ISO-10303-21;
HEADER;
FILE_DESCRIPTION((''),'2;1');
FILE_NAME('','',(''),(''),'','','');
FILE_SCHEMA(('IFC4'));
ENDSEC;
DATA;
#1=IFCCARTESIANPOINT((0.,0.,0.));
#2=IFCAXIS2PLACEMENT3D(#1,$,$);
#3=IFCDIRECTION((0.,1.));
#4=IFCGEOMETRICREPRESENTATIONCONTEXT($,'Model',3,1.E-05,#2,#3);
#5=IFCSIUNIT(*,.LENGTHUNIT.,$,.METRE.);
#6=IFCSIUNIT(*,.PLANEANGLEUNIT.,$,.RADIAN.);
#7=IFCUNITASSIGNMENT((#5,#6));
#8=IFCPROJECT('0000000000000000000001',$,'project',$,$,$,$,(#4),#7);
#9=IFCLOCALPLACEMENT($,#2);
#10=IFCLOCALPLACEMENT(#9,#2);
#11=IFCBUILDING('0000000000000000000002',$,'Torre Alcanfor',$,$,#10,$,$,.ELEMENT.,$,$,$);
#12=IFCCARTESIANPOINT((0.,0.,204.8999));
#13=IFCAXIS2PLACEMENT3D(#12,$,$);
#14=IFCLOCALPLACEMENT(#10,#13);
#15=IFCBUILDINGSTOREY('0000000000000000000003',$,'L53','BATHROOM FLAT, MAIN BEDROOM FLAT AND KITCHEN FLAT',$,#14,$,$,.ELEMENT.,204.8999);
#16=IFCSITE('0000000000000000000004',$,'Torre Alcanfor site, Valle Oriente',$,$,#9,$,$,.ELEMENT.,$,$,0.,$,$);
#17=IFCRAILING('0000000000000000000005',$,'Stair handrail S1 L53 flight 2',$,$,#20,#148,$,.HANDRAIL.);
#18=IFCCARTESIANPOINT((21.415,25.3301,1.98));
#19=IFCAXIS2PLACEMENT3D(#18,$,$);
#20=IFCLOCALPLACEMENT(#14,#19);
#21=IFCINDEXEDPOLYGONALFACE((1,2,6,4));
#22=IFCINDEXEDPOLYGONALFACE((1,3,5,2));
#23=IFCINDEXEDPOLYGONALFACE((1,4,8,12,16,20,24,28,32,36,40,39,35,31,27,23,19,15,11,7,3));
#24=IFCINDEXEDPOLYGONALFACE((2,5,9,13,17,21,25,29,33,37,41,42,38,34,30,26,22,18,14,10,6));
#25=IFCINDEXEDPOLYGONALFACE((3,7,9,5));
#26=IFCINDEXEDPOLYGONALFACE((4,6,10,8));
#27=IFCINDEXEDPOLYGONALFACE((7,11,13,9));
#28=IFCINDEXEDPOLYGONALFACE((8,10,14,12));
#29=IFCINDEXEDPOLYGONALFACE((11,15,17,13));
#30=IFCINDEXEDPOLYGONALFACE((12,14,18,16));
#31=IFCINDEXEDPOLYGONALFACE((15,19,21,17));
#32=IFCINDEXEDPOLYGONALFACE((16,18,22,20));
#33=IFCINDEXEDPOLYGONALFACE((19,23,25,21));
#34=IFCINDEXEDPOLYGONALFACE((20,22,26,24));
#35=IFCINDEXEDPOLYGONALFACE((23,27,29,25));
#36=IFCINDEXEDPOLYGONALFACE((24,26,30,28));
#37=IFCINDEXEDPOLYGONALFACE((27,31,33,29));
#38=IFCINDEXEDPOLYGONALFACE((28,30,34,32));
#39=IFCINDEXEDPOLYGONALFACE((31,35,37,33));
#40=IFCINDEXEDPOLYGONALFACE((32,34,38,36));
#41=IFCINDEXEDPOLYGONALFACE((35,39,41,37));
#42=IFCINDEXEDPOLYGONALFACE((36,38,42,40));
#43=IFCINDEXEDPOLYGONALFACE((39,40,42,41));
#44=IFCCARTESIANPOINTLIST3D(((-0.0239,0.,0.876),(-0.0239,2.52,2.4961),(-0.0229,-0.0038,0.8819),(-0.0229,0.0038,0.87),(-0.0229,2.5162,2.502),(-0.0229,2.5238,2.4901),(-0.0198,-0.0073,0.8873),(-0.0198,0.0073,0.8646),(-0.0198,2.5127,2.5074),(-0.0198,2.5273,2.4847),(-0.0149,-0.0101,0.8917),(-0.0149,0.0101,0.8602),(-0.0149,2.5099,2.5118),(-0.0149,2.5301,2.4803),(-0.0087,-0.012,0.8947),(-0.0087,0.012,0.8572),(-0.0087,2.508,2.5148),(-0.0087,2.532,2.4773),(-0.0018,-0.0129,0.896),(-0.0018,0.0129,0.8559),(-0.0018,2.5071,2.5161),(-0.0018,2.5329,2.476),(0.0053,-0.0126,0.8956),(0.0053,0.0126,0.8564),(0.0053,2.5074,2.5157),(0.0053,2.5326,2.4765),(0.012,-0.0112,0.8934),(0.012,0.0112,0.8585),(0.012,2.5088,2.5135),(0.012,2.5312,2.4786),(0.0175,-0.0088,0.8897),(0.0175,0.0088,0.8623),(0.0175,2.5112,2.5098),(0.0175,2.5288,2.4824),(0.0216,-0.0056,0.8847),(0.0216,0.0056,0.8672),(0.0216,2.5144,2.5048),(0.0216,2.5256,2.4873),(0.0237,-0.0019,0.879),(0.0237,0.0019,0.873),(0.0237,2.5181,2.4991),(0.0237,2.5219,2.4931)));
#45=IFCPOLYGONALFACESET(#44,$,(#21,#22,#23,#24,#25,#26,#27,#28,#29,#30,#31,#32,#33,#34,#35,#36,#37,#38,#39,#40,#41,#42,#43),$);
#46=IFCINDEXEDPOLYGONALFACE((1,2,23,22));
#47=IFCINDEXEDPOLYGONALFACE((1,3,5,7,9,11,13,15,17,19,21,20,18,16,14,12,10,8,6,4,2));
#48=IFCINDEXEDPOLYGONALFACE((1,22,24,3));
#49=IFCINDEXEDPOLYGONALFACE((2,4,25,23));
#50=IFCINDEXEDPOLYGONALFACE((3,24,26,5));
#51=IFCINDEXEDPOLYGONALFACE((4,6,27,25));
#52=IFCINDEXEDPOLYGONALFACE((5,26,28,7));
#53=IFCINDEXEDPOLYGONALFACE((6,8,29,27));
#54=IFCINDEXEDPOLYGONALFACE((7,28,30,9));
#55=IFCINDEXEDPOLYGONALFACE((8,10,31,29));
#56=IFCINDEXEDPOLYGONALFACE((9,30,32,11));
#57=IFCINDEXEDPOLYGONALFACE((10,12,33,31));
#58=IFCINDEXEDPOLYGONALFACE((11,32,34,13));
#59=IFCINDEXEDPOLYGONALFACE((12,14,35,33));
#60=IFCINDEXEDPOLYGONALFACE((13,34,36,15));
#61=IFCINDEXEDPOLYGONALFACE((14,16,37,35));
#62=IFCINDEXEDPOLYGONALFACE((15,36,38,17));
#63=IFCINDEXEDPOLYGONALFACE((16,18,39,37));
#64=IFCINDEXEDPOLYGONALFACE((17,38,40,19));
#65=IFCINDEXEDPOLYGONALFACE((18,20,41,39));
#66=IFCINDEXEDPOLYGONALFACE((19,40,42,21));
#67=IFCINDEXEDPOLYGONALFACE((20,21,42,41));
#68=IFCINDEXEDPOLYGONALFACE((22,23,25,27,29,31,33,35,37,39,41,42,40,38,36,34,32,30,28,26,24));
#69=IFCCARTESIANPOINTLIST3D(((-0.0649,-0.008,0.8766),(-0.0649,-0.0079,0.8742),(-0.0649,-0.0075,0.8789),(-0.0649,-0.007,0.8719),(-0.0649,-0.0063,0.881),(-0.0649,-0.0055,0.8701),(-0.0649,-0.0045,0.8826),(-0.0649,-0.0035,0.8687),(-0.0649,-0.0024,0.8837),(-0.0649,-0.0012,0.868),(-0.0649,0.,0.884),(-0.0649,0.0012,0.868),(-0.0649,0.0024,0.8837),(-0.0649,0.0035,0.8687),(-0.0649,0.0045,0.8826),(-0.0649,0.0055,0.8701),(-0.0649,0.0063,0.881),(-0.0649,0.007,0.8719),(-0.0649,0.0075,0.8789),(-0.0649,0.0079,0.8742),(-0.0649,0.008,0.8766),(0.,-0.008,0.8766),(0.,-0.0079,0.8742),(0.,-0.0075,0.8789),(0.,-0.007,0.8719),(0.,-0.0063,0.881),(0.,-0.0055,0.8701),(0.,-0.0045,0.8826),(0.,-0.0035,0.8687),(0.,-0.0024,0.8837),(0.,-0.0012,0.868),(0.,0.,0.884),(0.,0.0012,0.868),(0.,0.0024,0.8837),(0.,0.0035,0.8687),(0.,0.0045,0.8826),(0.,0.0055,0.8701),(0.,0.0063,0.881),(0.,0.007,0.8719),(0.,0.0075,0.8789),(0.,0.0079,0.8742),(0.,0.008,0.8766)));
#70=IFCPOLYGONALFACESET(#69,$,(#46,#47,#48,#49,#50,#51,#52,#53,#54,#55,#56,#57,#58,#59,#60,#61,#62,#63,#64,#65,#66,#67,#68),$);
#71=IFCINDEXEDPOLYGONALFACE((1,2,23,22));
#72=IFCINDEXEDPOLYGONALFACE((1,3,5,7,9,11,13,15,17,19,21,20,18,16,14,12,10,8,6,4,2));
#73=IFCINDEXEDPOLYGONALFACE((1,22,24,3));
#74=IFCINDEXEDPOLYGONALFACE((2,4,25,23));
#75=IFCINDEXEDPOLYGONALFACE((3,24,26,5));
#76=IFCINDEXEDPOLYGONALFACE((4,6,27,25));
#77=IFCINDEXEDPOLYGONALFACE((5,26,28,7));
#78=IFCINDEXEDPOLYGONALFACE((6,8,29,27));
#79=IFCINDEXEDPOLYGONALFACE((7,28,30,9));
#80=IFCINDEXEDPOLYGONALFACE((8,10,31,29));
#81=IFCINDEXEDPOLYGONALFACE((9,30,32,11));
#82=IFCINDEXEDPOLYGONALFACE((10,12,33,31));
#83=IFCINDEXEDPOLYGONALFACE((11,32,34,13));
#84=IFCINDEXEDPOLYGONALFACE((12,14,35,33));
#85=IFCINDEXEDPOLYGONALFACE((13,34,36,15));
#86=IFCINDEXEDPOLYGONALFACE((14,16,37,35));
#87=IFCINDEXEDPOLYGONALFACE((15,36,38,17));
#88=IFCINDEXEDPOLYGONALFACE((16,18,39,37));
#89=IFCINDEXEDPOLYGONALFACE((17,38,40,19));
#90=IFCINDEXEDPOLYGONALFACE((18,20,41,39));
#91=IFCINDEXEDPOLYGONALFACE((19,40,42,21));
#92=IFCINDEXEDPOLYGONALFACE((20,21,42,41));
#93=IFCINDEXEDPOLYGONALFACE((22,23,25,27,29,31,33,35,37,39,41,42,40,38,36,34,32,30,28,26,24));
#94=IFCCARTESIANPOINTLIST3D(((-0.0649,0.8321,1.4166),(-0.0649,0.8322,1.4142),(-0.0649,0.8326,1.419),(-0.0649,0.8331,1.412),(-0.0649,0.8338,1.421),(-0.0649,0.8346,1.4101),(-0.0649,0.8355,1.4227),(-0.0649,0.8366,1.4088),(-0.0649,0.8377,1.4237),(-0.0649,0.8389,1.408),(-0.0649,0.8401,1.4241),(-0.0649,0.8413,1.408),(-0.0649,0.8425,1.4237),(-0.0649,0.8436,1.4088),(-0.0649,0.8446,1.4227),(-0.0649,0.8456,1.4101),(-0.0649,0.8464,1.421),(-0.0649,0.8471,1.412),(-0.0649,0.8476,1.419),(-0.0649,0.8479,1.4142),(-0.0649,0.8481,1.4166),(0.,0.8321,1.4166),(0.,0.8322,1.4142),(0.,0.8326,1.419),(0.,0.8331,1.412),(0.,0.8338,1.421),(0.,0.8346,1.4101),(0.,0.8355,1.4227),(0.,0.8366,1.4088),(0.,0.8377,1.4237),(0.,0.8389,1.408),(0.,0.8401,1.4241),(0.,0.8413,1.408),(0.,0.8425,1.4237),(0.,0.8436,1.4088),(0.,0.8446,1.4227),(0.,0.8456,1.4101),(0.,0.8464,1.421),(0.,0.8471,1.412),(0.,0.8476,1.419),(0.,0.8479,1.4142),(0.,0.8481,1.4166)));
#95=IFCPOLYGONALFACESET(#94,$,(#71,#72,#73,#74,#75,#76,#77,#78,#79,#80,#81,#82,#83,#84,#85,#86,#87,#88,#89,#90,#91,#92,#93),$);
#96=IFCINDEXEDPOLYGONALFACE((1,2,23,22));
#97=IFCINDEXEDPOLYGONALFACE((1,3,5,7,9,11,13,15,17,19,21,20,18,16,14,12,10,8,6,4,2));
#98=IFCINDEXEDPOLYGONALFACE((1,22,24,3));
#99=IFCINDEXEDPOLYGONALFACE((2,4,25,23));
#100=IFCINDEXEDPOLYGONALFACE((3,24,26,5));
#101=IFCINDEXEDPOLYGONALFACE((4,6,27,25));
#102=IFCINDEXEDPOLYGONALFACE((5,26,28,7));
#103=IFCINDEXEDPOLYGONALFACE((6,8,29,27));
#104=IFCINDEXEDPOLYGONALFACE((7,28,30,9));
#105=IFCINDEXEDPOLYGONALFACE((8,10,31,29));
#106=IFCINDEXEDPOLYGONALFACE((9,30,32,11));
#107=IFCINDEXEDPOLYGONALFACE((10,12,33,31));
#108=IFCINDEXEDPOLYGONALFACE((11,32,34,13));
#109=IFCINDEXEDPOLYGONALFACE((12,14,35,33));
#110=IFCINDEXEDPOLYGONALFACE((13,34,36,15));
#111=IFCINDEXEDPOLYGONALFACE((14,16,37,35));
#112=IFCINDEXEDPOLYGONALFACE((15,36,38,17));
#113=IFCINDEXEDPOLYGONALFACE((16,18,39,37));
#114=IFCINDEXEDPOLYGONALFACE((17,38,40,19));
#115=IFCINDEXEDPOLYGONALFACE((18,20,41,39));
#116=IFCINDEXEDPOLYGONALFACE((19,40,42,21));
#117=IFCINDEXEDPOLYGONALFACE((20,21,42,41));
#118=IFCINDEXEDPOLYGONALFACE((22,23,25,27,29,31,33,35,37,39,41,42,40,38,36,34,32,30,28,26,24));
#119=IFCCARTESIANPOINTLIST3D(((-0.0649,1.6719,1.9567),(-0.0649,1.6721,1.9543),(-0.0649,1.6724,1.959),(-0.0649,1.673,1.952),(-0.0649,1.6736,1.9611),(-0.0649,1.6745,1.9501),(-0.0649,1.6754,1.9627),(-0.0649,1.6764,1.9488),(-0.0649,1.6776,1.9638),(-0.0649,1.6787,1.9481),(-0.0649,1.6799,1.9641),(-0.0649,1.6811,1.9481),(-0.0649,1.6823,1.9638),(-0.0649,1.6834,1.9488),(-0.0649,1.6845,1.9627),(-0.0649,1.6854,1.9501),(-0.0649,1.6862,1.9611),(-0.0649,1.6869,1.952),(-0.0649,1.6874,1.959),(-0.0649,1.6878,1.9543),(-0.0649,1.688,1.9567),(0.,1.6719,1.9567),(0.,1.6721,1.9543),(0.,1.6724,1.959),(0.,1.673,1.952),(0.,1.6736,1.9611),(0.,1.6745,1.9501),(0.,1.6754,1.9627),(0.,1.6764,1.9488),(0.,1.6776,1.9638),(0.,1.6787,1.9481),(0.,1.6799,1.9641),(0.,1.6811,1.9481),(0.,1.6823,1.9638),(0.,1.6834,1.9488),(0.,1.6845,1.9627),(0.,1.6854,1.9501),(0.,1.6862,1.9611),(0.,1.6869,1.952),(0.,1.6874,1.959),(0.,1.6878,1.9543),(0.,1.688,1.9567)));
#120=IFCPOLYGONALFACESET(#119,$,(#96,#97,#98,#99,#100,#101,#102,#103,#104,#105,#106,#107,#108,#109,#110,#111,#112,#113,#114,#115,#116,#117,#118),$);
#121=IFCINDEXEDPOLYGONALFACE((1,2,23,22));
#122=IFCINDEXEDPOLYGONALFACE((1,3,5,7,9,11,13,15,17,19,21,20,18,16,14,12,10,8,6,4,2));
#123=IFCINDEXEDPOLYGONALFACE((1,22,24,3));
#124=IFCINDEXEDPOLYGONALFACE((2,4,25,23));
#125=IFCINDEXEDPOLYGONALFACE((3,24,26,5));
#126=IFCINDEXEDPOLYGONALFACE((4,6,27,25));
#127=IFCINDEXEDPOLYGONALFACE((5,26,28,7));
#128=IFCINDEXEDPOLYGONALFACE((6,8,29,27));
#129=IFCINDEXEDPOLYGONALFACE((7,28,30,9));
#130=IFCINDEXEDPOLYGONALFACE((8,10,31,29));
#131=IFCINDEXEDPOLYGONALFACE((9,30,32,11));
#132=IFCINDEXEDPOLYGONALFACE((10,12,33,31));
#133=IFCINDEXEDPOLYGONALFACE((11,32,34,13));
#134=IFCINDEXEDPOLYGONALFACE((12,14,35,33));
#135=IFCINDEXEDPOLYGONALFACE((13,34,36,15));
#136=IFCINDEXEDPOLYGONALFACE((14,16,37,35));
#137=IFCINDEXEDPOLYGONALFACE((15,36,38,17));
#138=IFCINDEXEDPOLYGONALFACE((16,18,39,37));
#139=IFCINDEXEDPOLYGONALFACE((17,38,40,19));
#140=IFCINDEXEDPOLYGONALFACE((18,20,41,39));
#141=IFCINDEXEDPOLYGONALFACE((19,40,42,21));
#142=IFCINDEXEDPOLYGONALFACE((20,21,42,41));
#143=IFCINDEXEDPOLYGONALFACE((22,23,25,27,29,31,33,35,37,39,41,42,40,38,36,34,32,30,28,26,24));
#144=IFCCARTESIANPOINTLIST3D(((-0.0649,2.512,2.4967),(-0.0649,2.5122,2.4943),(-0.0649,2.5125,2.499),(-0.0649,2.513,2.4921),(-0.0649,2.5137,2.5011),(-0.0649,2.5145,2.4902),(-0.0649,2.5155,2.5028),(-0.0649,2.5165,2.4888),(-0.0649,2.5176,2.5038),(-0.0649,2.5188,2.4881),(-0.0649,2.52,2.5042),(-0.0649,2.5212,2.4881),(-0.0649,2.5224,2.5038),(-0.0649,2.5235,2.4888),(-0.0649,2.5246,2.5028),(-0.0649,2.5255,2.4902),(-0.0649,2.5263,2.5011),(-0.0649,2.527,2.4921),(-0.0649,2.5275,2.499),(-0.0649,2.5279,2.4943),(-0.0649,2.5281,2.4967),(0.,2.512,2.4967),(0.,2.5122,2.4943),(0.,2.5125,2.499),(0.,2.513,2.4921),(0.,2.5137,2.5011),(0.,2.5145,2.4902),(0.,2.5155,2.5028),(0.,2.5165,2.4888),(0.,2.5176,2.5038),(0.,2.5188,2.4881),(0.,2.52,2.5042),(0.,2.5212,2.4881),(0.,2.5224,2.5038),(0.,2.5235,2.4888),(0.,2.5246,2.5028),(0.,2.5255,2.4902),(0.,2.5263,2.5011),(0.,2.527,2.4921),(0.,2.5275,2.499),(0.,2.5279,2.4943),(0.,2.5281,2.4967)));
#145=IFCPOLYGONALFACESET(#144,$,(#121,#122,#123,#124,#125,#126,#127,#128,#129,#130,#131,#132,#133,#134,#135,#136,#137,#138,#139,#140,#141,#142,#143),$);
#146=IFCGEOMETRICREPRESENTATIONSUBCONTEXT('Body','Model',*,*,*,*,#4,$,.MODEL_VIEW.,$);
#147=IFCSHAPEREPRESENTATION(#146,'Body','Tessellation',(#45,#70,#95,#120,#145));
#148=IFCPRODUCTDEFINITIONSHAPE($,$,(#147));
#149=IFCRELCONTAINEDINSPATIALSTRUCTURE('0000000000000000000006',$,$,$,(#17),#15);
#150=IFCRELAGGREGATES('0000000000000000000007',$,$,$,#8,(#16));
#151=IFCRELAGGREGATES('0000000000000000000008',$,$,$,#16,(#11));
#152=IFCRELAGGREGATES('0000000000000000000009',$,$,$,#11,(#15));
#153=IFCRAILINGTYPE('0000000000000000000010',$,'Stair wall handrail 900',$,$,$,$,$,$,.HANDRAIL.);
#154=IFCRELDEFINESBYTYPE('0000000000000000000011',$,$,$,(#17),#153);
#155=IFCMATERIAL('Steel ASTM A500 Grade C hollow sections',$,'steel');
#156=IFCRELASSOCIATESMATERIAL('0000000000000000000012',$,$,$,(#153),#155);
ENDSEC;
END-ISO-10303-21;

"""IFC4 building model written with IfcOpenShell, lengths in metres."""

from ifc_helpers import new_model, si_unit, direction, frame, origin, origin_2d, place, context, subcontext, project, spatial, circle, extrude, material, type_object, element, save


model = new_model("IFC4")

# Units and contexts
model_context = context("Model", 3, precision=1e-05, world=origin(), true_north=direction((0.0, 1.0)))
body_context = subcontext(model_context, "Body", "Model", "MODEL_VIEW")
ifc_project = project(units=[si_unit("LENGTHUNIT", "METRE"), si_unit("PLANEANGLEUNIT", "RADIAN")], contexts=[model_context])

# Site, building, storey
site_placement = place(None, origin())
site = spatial("IfcSite", under=ifc_project, at=site_placement, Name="Torre Alcanfor site, Valle Oriente", CompositionType="ELEMENT", RefElevation=0.0)
building_placement = place(site_placement, origin())
building = spatial("IfcBuilding", under=site, at=building_placement, Name="Torre Alcanfor", CompositionType="ELEMENT")
storey_placement = place(building_placement, frame((0.0, 0.0, 204.8999)))
storey = spatial("IfcBuildingStorey", under=building, at=storey_placement, Name="L53", Description="BATHROOM FLAT, MAIN BEDROOM FLAT AND KITCHEN FLAT", CompositionType="ELEMENT", Elevation=204.8999)

# Railing
ifc_material_1 = material(Name="Steel ASTM A500 Grade C hollow sections", Category="steel")
railing_type_1 = type_object("IfcRailingType", Name="Stair wall handrail 900", PredefinedType="HANDRAIL", material=ifc_material_1)
railing_1_placement = place(storey_placement, frame((21.415, 25.3301, 1.98)))
element("IfcRailing", 1, at=railing_1_placement, inside=storey, type_object=railing_type_1, Name="Stair handrail S1 L53 flight 2", PredefinedType="HANDRAIL", context=body_context, shape_type="SweptSolid", body=[
    extrude(circle(Radius=0.0239, at=origin_2d()), frame((0.0, 0.0, 0.876), z_axis=(0.0, 0.841163, 0.540782), x_axis=(-1.0, 0.0, 0.0)), (0.0, 0.0, 1.0), 2.9958),
    extrude(circle(Radius=0.0081, at=origin_2d()), frame((0.0, 0.0, 0.876), z_axis=(-1.0, 0.0, 0.0), x_axis=(0.0, 0.0, 1.0)), (0.0, 0.0, 1.0), 0.0649),
    extrude(circle(Radius=0.0081, at=origin_2d()), frame((0.0, 0.8401, 1.416), z_axis=(-1.0, 0.0, 0.0), x_axis=(0.0, 0.0, 1.0)), (0.0, 0.0, 1.0), 0.0649),
    extrude(circle(Radius=0.0081, at=origin_2d()), frame((0.0, 1.6799, 1.9561), z_axis=(-1.0, 0.0, 0.0), x_axis=(0.0, 0.0, 1.0)), (0.0, 0.0, 1.0), 0.0649),
    extrude(circle(Radius=0.0081, at=origin_2d()), frame((0.0, 2.52, 2.4961), z_axis=(-1.0, 0.0, 0.0), x_axis=(0.0, 0.0, 1.0)), (0.0, 0.0, 1.0), 0.0649),
])

save(model, "model.ifc")
